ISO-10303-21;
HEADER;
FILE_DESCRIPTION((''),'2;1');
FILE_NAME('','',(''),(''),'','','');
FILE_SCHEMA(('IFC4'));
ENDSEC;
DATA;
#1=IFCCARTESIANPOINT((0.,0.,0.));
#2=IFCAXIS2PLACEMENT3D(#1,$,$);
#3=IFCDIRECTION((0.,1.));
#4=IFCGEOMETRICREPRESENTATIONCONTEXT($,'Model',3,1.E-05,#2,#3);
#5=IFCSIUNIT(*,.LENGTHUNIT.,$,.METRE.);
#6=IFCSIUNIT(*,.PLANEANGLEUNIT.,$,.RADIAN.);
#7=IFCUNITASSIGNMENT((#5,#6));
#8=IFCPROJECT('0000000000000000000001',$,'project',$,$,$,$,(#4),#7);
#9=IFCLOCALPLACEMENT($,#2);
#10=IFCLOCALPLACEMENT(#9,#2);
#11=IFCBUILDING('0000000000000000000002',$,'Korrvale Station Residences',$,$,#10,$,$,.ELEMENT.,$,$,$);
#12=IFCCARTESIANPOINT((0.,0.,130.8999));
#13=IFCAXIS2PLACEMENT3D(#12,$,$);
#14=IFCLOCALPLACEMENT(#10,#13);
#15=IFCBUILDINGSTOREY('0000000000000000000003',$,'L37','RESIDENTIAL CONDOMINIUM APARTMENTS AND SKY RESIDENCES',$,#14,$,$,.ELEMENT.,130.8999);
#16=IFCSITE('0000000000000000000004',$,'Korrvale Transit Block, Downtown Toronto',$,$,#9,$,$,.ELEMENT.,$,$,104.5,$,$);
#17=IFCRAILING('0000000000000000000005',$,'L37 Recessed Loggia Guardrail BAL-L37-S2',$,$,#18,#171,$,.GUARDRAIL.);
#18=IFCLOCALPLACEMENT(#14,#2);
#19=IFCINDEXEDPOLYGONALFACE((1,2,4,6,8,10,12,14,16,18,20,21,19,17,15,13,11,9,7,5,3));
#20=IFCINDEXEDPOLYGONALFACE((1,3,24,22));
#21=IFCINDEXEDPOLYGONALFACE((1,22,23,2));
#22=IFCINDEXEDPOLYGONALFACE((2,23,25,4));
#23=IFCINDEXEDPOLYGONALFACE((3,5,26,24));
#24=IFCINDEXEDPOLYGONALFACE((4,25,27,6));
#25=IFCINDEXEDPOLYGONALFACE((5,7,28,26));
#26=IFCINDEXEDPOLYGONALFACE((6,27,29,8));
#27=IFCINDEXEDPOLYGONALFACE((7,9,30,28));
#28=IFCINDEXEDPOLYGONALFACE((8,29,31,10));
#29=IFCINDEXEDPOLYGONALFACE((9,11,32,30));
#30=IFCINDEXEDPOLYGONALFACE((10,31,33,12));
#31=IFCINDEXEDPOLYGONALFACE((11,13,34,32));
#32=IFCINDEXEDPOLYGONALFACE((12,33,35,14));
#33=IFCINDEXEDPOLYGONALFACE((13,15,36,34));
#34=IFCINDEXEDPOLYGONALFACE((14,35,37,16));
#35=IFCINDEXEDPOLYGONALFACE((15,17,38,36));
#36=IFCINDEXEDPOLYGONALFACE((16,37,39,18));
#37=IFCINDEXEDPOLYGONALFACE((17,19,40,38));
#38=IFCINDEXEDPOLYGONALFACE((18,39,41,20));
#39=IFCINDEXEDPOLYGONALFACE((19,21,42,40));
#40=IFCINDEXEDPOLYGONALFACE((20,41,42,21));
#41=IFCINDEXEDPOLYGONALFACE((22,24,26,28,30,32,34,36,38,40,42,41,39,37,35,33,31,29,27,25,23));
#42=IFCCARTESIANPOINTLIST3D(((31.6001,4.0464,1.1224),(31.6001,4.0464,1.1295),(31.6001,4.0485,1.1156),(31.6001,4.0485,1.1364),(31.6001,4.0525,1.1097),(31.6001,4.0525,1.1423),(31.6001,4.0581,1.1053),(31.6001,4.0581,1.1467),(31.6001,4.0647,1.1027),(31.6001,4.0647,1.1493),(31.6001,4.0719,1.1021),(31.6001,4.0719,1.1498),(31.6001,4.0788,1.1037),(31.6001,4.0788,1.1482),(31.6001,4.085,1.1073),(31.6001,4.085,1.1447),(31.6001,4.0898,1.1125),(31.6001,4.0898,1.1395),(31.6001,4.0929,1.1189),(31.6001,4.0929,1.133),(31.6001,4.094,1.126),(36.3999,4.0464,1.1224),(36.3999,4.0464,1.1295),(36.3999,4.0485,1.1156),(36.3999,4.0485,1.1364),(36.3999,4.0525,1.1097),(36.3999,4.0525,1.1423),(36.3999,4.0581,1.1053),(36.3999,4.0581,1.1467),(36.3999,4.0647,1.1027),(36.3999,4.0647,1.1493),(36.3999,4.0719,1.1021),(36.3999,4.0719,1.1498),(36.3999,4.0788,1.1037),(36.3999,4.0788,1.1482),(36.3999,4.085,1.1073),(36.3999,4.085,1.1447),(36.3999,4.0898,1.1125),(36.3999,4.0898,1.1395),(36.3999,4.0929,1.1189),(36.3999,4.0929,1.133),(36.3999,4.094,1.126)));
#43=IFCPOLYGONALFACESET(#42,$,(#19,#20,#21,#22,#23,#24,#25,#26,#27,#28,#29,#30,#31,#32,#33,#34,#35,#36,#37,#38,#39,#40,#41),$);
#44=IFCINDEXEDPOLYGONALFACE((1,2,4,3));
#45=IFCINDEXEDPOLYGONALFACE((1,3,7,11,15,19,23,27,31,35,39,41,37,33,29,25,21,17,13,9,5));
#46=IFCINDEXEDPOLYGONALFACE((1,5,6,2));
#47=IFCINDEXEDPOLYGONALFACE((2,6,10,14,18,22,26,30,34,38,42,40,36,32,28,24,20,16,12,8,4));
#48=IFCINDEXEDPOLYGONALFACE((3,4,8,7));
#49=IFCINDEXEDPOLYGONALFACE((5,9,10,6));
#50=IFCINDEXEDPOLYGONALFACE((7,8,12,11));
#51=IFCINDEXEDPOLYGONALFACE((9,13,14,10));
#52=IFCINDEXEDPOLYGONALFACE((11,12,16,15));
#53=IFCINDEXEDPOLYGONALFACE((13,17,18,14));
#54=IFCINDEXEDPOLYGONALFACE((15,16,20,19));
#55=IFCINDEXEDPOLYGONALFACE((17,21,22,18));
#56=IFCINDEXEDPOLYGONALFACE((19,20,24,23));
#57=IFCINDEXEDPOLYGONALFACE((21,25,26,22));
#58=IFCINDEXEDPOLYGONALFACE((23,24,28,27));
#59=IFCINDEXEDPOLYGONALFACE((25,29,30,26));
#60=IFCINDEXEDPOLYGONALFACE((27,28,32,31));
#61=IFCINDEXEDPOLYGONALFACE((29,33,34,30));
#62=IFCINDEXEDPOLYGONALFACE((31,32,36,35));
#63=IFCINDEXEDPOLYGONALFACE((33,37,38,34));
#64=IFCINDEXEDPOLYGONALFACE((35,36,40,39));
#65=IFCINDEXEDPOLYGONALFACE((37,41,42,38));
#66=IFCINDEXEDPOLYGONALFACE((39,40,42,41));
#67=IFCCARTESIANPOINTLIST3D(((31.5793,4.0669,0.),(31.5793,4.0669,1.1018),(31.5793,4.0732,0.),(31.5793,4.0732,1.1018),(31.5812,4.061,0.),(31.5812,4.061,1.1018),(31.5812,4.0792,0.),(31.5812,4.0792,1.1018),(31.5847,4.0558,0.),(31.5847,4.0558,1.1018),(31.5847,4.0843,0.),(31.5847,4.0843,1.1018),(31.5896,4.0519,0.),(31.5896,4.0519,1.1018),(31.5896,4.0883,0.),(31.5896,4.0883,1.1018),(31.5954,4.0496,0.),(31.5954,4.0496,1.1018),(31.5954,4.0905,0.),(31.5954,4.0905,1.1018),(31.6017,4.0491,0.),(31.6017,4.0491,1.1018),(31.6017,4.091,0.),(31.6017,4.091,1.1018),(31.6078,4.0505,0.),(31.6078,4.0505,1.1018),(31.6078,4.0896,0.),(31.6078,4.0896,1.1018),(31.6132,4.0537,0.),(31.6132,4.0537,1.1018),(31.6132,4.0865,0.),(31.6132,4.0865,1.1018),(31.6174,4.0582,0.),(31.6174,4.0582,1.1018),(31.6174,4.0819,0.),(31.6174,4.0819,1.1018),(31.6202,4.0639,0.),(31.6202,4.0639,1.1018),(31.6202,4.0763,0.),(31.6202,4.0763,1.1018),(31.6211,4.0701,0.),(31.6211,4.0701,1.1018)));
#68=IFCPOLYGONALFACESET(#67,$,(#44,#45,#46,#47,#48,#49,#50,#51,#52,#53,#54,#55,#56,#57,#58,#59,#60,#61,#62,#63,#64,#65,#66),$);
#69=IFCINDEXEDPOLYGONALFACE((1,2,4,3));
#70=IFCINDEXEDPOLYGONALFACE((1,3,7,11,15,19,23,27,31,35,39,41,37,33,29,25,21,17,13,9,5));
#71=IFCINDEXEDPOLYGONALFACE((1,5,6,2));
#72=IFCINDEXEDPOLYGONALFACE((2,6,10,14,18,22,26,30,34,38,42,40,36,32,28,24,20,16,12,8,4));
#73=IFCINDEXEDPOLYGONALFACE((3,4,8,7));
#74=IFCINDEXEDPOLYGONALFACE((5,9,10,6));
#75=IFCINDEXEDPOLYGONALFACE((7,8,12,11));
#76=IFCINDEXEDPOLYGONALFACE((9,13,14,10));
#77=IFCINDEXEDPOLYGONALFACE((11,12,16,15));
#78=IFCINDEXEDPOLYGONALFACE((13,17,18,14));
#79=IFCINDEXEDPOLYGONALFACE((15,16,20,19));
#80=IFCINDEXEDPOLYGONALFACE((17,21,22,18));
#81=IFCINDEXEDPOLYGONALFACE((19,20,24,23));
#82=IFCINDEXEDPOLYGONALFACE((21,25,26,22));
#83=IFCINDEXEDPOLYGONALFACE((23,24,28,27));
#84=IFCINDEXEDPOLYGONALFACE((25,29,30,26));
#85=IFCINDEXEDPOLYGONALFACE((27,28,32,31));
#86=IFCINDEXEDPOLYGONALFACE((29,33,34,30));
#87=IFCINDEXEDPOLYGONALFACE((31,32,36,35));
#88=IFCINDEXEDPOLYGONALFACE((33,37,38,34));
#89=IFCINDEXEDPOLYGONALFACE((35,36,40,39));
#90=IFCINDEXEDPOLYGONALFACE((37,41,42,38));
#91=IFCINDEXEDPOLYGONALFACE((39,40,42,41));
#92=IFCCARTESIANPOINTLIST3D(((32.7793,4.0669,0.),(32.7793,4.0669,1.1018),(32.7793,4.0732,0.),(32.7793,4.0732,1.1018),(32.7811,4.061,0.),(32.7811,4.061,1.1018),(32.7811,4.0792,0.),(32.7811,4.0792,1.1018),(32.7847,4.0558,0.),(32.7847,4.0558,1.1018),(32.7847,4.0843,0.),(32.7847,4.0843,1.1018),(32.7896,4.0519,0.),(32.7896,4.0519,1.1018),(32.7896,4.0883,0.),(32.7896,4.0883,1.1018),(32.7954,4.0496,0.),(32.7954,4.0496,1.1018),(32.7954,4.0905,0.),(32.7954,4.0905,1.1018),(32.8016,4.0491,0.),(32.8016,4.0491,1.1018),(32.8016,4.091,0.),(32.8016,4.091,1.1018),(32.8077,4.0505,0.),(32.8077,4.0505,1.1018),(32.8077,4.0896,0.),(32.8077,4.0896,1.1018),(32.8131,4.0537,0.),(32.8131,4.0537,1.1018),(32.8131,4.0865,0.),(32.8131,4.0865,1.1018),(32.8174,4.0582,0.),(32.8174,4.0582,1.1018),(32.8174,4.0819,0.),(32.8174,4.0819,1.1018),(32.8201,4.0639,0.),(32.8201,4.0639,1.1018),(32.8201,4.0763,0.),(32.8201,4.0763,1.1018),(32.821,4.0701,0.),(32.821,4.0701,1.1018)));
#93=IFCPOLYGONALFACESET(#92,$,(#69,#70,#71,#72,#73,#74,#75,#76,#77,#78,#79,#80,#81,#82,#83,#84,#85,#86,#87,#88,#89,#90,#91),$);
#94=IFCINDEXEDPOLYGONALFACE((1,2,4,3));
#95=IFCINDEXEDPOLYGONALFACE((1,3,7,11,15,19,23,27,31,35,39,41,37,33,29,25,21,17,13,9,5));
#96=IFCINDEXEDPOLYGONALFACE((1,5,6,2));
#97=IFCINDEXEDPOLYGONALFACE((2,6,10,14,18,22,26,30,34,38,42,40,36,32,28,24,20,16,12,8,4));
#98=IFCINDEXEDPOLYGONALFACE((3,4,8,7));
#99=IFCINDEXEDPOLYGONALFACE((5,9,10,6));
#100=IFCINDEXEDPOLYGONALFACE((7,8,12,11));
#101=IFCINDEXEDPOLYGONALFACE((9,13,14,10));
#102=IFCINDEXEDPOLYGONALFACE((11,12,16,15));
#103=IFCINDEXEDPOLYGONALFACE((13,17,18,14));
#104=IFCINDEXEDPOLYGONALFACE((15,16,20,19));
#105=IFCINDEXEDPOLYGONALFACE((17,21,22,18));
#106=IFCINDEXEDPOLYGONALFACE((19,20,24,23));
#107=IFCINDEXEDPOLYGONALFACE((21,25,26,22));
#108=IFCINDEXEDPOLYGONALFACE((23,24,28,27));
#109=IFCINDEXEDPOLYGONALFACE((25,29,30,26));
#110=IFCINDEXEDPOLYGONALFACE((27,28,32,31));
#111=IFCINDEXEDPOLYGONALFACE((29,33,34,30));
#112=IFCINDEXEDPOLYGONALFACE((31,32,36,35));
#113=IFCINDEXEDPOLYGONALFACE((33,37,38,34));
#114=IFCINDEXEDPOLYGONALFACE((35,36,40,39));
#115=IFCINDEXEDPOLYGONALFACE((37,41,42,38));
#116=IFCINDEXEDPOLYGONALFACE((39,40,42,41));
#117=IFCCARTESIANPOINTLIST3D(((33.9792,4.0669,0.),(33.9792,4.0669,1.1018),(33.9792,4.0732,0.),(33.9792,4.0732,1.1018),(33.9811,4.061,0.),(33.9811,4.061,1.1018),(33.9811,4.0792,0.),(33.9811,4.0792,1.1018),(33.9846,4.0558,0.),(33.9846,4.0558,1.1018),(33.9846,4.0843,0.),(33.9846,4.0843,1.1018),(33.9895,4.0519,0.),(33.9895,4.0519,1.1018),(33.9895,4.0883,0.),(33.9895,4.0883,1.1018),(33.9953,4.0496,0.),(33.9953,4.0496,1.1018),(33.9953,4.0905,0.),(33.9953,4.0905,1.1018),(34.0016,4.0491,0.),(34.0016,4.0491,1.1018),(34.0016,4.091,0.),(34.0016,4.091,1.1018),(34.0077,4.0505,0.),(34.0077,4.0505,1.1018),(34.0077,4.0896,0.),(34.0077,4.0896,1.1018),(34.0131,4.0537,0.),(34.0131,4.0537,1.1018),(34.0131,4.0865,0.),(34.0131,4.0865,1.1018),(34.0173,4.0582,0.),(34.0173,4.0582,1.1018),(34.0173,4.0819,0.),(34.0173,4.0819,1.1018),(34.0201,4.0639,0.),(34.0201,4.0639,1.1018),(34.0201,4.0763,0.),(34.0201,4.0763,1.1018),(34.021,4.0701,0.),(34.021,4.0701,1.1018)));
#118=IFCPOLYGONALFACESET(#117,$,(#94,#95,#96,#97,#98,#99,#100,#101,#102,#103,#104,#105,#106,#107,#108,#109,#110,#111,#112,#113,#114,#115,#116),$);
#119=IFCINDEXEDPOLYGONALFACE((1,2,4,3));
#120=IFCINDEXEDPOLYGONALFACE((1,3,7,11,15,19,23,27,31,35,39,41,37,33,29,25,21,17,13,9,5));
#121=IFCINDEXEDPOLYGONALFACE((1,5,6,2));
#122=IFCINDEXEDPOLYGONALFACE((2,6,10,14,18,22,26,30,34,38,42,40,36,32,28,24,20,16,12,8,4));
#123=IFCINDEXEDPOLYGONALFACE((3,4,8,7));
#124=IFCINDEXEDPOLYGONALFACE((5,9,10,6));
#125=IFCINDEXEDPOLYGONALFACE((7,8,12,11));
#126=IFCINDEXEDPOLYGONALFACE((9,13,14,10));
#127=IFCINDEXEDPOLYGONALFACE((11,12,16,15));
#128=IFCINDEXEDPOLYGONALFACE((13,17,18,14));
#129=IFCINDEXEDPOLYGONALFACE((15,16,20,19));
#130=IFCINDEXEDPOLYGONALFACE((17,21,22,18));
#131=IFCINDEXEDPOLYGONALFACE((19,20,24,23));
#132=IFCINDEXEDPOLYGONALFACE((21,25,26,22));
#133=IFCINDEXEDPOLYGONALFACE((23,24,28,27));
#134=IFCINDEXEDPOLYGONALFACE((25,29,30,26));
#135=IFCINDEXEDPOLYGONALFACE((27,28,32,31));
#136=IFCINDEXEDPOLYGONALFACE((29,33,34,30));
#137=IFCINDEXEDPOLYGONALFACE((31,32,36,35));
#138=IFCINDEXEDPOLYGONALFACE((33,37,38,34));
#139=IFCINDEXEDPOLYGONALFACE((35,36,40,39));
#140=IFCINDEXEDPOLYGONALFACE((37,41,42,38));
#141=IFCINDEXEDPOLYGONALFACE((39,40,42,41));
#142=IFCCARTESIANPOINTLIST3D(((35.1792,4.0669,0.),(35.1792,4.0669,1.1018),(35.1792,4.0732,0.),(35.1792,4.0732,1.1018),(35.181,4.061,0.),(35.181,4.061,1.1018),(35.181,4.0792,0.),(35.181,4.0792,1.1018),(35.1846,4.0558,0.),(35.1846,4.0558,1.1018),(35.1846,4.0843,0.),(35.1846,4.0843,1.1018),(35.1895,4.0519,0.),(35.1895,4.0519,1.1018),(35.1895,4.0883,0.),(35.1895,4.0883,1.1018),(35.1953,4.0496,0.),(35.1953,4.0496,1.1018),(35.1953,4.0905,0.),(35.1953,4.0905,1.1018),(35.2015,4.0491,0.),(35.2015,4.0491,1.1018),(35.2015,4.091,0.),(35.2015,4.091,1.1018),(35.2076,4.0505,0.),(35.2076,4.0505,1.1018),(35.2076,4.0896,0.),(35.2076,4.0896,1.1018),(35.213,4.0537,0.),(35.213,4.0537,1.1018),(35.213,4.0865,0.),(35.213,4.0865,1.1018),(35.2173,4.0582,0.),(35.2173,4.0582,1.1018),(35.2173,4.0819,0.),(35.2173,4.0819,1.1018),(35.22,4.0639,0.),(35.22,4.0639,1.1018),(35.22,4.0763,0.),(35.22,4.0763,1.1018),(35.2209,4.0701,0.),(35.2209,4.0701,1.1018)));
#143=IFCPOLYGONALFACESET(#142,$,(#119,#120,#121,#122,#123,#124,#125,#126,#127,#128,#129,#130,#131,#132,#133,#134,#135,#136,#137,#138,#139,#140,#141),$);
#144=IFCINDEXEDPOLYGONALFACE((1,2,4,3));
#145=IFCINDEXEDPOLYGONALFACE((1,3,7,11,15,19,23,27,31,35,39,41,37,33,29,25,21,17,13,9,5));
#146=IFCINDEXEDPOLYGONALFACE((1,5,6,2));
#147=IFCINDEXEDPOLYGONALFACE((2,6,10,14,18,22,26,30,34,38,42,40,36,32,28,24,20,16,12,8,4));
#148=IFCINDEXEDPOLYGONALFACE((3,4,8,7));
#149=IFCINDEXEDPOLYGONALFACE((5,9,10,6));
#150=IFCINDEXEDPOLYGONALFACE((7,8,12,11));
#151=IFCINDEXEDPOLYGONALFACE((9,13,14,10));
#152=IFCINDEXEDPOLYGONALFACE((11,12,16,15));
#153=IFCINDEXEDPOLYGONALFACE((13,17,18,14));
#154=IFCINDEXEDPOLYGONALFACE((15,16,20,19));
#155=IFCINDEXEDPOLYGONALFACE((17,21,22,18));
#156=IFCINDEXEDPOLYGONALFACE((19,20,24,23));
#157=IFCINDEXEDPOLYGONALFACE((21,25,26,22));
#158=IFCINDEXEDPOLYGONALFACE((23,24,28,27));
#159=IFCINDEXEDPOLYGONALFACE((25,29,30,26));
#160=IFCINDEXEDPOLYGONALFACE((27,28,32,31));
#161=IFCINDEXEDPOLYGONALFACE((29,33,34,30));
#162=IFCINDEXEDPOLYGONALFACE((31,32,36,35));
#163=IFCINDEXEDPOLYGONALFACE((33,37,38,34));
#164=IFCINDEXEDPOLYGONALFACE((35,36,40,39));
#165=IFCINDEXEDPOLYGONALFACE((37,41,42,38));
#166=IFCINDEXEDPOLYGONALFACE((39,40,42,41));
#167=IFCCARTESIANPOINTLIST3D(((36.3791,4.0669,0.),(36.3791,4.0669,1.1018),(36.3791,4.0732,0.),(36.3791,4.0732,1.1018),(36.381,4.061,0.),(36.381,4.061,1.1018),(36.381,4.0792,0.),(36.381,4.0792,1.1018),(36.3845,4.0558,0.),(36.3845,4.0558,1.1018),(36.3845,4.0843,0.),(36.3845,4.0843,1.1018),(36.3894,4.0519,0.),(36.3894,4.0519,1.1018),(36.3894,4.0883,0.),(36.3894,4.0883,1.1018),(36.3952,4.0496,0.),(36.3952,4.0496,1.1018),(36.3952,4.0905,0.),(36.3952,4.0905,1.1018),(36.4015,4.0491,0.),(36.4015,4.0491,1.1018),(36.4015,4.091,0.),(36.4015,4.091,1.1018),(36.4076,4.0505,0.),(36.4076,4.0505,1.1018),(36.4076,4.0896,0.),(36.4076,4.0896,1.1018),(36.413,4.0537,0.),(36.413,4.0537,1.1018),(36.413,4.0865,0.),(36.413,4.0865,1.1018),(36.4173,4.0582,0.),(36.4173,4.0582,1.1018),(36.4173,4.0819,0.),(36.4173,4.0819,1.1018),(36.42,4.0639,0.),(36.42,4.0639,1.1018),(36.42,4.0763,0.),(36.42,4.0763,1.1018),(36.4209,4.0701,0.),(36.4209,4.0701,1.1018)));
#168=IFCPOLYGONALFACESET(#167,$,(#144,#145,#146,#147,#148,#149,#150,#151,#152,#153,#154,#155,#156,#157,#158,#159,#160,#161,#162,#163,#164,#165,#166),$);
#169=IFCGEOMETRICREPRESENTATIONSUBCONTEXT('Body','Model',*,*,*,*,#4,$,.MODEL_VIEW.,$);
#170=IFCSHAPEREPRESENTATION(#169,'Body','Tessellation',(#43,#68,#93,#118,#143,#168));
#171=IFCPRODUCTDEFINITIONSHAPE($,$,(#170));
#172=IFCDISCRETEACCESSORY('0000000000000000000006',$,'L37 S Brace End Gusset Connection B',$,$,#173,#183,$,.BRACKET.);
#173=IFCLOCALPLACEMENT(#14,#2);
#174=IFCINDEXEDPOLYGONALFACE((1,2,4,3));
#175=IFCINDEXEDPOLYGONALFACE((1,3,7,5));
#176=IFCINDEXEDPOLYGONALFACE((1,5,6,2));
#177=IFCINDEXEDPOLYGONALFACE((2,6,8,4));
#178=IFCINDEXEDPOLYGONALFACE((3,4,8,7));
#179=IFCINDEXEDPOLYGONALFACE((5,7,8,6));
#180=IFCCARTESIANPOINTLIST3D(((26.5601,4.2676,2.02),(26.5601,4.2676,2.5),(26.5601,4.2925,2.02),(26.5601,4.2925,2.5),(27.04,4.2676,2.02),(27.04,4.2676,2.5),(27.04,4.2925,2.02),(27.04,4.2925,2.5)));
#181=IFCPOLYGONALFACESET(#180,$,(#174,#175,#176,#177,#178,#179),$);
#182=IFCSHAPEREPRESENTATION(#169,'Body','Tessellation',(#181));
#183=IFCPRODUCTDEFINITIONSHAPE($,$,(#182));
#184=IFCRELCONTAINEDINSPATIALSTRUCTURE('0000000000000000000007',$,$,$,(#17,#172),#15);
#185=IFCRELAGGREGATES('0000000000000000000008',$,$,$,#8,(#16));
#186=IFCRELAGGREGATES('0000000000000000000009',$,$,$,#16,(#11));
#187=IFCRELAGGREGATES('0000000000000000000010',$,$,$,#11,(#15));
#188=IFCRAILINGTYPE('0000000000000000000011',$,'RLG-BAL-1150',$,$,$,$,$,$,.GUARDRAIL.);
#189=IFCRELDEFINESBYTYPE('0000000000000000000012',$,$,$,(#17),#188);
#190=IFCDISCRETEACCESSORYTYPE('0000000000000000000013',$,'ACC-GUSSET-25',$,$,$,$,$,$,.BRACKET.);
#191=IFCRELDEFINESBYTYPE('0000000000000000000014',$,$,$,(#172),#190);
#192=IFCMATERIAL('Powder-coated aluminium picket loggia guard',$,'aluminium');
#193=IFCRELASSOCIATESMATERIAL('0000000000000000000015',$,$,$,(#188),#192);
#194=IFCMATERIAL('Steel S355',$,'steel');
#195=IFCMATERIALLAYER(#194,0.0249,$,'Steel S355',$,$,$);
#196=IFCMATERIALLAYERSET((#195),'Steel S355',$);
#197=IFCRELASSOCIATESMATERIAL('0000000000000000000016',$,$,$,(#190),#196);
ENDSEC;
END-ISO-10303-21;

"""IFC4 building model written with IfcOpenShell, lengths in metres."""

from ifc_helpers import new_model, si_unit, direction, frame, origin, origin_2d, place, context, subcontext, project, spatial, rectangle, circle, extrude, material, layer, layer_set, type_object, element, save


model = new_model("IFC4")

# Units and contexts
model_context = context("Model", 3, precision=1e-05, world=origin(), true_north=direction((0.0, 1.0)))
body_context = subcontext(model_context, "Body", "Model", "MODEL_VIEW")
ifc_project = project(units=[si_unit("LENGTHUNIT", "METRE"), si_unit("PLANEANGLEUNIT", "RADIAN")], contexts=[model_context])

# Site, building, storey
site_placement = place(None, origin())
site = spatial("IfcSite", under=ifc_project, at=site_placement, Name="Korrvale Transit Block, Downtown Toronto", CompositionType="ELEMENT", RefElevation=104.5)
building_placement = place(site_placement, origin())
building = spatial("IfcBuilding", under=site, at=building_placement, Name="Korrvale Station Residences", CompositionType="ELEMENT")
storey_placement = place(building_placement, frame((0.0, 0.0, 130.8999)))
storey = spatial("IfcBuildingStorey", under=building, at=storey_placement, Name="L37", Description="RESIDENTIAL CONDOMINIUM APARTMENTS AND SKY RESIDENCES", CompositionType="ELEMENT", Elevation=130.8999)

# Railing
ifc_material_1 = material(Name="Powder-coated aluminium picket loggia guard", Category="aluminium")
railing_type = type_object("IfcRailingType", Name="RLG-BAL-1150", PredefinedType="GUARDRAIL", material=ifc_material_1)
railing_placement = place(storey_placement, frame((31.6001, 4.0701, 0.0)))
element("IfcRailing", 1, at=railing_placement, inside=storey, type_object=railing_type, Name="L37 Recessed Loggia Guardrail BAL-L37-S2", PredefinedType="GUARDRAIL", context=body_context, shape_type="SweptSolid", body=[
    extrude(circle(Radius=0.0239, at=origin_2d()), frame((0.0, 0.0, 1.126), z_axis=(1.0, 0.0, 0.0), x_axis=(0.0, 1.0, 0.0)), (0.0, 0.0, 1.0), 4.7998),
    extrude(circle(Radius=0.021, at=origin_2d()), origin(), (0.0, 0.0, 1.0), 1.1018),
    extrude(circle(Radius=0.021, at=origin_2d()), frame((1.2, 0.0, 0.0)), (0.0, 0.0, 1.0), 1.1018),
    extrude(circle(Radius=0.021, at=origin_2d()), frame((2.3999, 0.0, 0.0)), (0.0, 0.0, 1.0), 1.1018),
    extrude(circle(Radius=0.021, at=origin_2d()), frame((3.5999, 0.0, 0.0)), (0.0, 0.0, 1.0), 1.1018),
    extrude(circle(Radius=0.021, at=origin_2d()), frame((4.7998, 0.0, 0.0)), (0.0, 0.0, 1.0), 1.1018),
])

# Discrete accessory
ifc_material_2 = material(Name="Steel S355", Category="steel")
ifc_layer_1 = layer(ifc_material_2, 0.0249, Name="Steel S355")
ifc_layer_set_1 = layer_set([ifc_layer_1], Name="Steel S355")
discrete_accessory_type = type_object("IfcDiscreteAccessoryType", Name="ACC-GUSSET-25", PredefinedType="BRACKET", material=ifc_layer_set_1)
discrete_accessory_placement = place(storey_placement, frame((26.8, 4.28, 2.02), z_axis=(0.0, 0.0, 1.0), x_axis=(1.0, 0.0, 0.0)))
element("IfcDiscreteAccessory", 2, at=discrete_accessory_placement, inside=storey, type_object=discrete_accessory_type, Name="L37 S Brace End Gusset Connection B", PredefinedType="BRACKET", context=body_context, shape_type="SweptSolid", body=[
    extrude(rectangle(XDim=0.48, YDim=0.0249, at=origin_2d()), origin(), (0.0, 0.0, 1.0), 0.48),
])

save(model, "model.ifc")
